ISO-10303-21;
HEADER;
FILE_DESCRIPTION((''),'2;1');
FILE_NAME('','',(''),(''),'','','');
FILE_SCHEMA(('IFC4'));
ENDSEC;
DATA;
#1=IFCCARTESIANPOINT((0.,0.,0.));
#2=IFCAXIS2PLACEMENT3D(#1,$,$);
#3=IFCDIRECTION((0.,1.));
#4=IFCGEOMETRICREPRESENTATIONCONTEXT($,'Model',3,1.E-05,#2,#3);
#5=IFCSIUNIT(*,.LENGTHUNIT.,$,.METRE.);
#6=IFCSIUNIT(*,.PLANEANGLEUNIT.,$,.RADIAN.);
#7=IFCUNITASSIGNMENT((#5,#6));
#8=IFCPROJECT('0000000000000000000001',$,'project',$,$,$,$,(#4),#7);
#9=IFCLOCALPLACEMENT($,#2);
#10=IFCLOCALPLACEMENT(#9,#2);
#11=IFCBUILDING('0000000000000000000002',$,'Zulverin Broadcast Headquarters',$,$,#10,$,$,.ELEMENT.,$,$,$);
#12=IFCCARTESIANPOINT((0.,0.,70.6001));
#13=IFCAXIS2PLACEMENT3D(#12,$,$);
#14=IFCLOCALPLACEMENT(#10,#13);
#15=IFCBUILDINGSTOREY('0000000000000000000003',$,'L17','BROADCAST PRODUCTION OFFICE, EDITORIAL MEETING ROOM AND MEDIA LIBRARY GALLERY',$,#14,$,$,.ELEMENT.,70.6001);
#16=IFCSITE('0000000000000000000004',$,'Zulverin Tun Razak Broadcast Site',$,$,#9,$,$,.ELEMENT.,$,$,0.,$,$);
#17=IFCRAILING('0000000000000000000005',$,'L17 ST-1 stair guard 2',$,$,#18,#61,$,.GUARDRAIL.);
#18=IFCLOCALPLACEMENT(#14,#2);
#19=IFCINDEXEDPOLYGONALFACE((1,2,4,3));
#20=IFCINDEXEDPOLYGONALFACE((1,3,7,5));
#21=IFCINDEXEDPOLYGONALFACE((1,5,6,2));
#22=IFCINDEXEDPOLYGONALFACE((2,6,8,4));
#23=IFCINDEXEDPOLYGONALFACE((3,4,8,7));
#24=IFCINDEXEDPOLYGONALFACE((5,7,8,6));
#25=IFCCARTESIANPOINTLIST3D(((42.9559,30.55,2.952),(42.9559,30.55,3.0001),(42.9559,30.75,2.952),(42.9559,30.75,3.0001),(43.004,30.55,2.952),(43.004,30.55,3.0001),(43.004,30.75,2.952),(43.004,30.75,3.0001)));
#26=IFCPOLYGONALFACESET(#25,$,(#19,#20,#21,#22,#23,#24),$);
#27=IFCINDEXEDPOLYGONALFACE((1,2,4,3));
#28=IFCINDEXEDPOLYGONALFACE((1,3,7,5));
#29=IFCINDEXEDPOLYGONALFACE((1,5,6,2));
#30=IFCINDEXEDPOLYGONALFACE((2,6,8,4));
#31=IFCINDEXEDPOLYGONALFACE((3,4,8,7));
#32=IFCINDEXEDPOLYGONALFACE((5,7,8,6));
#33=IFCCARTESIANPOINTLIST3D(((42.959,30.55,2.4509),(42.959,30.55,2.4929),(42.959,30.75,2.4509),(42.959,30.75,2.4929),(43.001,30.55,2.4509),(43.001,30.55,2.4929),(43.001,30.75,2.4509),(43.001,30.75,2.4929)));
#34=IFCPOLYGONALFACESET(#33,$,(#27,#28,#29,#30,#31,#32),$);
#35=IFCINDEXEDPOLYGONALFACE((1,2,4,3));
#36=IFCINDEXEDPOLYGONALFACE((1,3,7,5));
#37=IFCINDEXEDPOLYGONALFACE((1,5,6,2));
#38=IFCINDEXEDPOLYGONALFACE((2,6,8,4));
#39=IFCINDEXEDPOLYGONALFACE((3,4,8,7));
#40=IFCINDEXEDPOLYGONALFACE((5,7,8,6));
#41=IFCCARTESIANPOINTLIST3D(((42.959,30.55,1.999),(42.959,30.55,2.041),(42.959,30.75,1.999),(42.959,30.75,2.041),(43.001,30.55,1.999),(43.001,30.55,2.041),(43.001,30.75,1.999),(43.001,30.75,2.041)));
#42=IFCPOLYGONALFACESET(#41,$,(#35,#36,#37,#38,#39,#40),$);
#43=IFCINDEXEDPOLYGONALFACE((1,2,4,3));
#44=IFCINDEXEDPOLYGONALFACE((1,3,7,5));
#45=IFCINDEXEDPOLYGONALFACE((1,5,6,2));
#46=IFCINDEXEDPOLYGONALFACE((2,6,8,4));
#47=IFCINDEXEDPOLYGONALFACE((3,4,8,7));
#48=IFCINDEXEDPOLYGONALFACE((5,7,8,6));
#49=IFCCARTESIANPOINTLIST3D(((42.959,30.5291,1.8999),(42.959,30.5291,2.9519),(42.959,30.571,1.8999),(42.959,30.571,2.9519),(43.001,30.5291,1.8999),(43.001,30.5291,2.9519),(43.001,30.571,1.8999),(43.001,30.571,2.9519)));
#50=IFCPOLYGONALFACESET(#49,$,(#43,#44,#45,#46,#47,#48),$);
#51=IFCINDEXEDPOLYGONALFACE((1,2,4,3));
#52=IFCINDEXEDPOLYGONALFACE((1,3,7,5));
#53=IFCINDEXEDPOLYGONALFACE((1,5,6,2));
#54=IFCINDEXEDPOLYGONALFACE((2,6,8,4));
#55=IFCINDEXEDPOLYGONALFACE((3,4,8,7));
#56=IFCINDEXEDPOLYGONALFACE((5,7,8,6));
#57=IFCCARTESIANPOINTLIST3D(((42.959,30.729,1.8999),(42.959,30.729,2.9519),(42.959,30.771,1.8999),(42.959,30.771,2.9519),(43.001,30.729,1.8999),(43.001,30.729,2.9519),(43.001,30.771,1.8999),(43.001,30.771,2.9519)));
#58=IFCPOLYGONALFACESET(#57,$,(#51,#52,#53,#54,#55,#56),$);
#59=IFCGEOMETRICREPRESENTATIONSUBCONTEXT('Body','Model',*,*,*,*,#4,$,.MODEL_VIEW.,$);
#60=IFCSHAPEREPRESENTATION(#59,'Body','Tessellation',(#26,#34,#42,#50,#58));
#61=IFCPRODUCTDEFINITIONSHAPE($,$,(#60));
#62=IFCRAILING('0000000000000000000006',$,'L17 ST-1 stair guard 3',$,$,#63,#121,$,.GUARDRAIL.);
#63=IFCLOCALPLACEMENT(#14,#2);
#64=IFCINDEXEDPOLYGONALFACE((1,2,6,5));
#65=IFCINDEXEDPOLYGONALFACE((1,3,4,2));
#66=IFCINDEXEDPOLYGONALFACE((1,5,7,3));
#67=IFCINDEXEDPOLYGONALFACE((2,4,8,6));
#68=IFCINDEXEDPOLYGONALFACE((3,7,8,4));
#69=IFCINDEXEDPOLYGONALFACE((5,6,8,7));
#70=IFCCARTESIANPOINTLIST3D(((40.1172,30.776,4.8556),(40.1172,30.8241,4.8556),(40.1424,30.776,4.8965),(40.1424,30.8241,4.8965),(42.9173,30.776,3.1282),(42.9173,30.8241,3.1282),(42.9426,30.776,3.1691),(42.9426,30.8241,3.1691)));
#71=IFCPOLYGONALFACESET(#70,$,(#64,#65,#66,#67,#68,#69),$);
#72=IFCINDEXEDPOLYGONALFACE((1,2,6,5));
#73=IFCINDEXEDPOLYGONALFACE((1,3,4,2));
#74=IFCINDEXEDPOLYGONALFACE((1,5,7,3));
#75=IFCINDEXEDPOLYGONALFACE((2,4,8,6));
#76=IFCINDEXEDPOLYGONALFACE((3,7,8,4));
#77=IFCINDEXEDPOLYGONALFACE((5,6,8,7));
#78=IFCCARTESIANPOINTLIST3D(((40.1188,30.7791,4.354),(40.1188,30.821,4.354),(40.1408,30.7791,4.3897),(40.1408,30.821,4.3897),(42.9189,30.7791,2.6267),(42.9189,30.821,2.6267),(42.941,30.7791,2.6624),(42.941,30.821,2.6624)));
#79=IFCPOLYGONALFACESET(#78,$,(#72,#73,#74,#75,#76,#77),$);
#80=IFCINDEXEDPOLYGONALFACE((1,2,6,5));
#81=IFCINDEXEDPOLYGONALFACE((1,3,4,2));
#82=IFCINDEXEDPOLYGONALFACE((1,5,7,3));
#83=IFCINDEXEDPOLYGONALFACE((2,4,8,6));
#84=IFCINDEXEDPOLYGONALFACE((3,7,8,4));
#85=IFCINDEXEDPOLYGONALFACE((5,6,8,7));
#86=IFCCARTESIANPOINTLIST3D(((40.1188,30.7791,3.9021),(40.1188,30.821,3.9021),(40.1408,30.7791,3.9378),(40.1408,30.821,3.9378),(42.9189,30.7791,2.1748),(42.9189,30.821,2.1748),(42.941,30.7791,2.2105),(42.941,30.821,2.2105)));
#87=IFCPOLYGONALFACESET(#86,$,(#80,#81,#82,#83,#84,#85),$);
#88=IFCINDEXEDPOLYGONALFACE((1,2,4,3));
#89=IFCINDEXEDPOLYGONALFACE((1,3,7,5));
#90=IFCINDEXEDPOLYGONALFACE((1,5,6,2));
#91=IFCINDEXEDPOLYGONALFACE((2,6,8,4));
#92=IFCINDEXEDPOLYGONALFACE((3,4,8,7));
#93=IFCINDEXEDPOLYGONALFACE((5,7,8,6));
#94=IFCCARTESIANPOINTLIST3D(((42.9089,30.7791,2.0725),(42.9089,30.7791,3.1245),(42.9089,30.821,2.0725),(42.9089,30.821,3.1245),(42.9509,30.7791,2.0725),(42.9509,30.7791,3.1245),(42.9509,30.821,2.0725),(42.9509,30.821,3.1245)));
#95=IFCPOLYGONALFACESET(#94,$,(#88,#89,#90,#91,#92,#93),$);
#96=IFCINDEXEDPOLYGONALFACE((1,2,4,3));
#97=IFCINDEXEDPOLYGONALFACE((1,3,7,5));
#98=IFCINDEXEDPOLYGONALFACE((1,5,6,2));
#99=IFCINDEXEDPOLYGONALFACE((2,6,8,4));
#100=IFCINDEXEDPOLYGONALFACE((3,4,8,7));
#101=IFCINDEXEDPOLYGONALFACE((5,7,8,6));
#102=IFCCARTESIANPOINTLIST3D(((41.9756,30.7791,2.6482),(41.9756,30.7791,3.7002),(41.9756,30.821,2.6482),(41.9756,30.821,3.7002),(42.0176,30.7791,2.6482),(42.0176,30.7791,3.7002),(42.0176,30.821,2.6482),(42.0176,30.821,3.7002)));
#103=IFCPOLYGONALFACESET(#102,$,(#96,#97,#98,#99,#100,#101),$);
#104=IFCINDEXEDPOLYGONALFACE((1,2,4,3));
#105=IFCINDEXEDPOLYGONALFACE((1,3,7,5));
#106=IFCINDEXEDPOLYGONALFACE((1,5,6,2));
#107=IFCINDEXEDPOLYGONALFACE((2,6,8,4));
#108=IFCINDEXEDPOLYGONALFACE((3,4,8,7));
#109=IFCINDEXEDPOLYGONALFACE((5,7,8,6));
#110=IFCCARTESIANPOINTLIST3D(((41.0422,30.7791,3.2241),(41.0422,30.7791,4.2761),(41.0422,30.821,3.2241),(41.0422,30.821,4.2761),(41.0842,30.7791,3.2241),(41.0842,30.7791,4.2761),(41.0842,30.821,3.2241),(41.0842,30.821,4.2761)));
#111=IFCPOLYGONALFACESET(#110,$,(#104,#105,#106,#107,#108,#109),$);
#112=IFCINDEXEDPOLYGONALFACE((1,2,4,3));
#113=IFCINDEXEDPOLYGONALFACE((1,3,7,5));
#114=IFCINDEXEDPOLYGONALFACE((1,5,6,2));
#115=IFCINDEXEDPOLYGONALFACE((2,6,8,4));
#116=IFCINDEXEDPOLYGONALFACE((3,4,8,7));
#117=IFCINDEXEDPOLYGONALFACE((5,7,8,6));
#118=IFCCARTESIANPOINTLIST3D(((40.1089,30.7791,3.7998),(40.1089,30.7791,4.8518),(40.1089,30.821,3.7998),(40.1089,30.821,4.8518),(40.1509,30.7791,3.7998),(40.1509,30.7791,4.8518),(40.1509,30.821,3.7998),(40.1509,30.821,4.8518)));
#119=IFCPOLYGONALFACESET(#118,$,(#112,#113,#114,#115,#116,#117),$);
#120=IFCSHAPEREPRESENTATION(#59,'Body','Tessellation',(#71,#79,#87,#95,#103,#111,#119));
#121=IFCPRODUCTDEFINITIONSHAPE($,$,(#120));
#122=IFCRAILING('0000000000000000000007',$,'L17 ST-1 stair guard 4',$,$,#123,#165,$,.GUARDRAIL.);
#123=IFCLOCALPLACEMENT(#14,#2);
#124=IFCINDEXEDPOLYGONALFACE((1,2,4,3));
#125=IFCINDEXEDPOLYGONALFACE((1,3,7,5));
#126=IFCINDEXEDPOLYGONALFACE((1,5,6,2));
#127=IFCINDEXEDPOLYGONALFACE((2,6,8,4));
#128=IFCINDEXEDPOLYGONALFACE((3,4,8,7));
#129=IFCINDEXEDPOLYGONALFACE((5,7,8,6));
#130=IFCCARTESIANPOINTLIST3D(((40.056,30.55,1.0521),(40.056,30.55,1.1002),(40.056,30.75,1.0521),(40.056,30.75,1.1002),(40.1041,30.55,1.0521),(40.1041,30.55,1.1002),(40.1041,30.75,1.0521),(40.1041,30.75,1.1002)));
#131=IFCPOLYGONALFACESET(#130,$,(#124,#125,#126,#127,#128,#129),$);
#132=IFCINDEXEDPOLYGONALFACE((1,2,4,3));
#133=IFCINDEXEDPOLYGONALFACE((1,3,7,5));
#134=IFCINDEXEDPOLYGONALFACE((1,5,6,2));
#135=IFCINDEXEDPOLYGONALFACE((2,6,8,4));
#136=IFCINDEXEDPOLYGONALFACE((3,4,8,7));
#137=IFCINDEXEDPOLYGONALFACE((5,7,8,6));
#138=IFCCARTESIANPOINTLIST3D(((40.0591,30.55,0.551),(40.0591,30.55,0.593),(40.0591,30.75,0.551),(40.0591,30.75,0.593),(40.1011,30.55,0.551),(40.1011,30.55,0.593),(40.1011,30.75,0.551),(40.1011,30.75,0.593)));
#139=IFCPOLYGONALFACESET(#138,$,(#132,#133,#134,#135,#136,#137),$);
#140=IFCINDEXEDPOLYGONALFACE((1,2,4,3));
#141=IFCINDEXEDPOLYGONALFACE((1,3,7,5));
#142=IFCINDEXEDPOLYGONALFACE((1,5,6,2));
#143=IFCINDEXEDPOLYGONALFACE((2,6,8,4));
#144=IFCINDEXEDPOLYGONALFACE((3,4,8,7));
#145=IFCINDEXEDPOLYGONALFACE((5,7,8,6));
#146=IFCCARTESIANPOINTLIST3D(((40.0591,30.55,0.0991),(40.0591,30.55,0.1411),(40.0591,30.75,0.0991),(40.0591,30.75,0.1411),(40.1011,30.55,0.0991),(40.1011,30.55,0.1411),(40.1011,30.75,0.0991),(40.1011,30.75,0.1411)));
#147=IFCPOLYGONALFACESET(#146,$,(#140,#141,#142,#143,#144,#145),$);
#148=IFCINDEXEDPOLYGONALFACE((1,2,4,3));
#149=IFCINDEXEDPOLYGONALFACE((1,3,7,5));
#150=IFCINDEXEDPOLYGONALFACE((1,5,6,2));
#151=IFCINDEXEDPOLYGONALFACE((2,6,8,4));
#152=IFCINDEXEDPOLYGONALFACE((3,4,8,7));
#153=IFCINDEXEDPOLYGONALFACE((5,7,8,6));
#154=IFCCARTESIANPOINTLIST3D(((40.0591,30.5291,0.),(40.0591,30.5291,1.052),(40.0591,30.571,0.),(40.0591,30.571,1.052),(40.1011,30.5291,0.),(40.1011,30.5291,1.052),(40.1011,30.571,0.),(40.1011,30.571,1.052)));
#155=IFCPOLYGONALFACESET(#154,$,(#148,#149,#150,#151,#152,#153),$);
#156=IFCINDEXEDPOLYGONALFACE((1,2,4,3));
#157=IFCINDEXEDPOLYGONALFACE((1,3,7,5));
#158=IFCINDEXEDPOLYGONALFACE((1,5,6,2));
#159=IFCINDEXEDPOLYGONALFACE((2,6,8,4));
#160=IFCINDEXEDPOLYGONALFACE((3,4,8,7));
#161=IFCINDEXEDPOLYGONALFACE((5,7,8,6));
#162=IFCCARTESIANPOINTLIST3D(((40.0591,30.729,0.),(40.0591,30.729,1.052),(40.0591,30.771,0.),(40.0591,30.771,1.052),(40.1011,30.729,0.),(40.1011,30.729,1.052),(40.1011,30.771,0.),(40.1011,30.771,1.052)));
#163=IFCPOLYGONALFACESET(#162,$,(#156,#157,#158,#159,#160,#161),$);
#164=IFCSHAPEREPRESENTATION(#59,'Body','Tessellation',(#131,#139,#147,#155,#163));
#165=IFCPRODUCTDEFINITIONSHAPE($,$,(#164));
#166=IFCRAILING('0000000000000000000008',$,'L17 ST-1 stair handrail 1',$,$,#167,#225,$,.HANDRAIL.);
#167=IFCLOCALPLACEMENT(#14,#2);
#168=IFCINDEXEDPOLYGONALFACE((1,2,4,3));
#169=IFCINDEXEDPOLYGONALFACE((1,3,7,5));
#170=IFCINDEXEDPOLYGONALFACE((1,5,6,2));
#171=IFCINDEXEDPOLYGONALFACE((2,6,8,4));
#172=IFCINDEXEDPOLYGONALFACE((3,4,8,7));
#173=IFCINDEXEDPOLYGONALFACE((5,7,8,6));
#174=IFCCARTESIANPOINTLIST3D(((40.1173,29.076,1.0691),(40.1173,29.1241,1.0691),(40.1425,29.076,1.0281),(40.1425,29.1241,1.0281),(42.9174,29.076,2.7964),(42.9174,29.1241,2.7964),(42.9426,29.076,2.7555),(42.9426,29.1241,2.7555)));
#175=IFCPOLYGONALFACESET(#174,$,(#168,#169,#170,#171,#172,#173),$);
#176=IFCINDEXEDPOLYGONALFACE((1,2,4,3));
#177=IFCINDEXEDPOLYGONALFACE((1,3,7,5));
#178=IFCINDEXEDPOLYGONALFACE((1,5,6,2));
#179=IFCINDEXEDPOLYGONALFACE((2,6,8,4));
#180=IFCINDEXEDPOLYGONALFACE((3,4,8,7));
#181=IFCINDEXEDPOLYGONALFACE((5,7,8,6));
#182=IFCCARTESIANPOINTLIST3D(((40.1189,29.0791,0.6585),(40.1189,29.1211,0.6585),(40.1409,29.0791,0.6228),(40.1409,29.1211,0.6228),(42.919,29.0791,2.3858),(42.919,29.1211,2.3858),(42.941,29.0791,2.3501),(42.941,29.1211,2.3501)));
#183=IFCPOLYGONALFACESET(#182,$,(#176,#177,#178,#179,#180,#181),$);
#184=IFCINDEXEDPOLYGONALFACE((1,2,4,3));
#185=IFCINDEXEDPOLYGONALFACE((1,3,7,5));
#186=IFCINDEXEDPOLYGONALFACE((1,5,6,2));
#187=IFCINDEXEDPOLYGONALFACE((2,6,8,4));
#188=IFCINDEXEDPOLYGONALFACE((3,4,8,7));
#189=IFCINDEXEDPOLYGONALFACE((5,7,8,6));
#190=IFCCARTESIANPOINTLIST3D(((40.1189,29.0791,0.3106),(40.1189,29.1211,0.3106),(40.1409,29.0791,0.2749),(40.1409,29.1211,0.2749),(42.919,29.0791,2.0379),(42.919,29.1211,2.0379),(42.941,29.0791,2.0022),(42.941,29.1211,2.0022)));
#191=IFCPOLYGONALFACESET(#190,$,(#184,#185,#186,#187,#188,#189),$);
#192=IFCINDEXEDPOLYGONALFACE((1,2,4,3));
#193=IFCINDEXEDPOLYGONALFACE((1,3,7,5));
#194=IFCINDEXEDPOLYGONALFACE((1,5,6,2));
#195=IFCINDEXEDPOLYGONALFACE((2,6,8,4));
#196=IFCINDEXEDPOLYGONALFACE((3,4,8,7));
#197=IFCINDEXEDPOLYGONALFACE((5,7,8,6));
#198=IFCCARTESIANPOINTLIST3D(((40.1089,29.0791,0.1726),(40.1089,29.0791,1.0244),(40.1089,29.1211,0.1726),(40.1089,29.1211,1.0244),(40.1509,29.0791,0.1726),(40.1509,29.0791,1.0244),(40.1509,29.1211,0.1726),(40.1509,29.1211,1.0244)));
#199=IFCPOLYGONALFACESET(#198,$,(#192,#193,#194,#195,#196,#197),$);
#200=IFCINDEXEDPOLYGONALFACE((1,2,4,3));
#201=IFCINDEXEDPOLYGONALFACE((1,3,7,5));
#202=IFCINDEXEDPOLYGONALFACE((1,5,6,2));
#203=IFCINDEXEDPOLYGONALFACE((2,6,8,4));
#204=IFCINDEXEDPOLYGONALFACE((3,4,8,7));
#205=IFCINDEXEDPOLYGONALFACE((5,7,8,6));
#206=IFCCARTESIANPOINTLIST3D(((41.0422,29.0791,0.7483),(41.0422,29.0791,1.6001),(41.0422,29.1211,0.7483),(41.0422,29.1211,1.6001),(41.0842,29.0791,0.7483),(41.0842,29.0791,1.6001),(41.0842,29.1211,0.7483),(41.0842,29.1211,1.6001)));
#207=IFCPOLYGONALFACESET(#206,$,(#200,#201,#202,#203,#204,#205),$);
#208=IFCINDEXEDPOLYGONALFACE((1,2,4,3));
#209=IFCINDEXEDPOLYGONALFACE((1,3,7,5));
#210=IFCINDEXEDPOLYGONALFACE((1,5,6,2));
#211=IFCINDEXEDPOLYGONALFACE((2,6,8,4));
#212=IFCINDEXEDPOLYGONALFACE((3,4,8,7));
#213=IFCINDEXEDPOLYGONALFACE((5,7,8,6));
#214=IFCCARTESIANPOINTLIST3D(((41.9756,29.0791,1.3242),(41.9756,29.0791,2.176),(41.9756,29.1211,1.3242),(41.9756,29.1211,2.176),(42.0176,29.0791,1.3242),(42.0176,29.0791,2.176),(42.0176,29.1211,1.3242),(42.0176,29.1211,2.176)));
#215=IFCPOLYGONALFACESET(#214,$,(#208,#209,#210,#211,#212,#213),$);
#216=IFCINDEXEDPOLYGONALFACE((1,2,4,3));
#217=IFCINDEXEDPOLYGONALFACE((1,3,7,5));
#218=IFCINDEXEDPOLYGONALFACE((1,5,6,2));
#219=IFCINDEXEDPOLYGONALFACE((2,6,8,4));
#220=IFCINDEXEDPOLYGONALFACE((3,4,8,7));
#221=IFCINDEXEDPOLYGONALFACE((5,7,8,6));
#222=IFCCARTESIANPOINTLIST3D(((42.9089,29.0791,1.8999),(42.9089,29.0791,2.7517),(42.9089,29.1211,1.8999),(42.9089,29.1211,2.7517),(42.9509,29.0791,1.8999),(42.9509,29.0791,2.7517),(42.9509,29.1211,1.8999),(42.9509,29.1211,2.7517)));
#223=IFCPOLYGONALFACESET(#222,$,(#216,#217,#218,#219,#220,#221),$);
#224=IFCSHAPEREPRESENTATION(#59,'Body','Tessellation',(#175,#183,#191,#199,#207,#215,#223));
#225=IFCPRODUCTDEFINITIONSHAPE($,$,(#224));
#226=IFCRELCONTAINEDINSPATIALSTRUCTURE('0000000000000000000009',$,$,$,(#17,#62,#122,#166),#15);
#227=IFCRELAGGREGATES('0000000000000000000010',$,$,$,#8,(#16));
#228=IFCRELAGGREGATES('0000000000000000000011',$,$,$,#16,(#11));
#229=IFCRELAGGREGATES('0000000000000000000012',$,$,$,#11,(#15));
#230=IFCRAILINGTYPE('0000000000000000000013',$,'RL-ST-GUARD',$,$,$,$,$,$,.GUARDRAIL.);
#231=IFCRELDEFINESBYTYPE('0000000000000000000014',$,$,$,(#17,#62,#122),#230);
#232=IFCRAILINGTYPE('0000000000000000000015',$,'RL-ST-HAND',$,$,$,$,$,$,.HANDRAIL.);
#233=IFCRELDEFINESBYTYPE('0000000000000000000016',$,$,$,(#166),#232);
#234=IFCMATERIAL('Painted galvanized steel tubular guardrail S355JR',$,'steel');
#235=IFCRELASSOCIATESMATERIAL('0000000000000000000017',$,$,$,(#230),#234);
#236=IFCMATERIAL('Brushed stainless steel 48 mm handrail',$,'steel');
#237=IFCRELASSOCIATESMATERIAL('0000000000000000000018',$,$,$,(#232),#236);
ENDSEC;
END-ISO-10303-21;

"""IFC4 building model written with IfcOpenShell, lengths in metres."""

from ifc_helpers import new_model, si_unit, direction, frame, origin, origin_2d, place, context, subcontext, project, spatial, rectangle, extrude, material, type_object, element, save


model = new_model("IFC4")

# Units and contexts
model_context = context("Model", 3, precision=1e-05, world=origin(), true_north=direction((0.0, 1.0)))
body_context = subcontext(model_context, "Body", "Model", "MODEL_VIEW")
ifc_project = project(units=[si_unit("LENGTHUNIT", "METRE"), si_unit("PLANEANGLEUNIT", "RADIAN")], contexts=[model_context])

# Site, building, storey
site_placement = place(None, origin())
site = spatial("IfcSite", under=ifc_project, at=site_placement, Name="Zulverin Tun Razak Broadcast Site", CompositionType="ELEMENT", RefElevation=0.0)
building_placement = place(site_placement, origin())
building = spatial("IfcBuilding", under=site, at=building_placement, Name="Zulverin Broadcast Headquarters", CompositionType="ELEMENT")
storey_placement = place(building_placement, frame((0.0, 0.0, 70.6001)))
storey = spatial("IfcBuildingStorey", under=building, at=storey_placement, Name="L17", Description="BROADCAST PRODUCTION OFFICE, EDITORIAL MEETING ROOM AND MEDIA LIBRARY GALLERY", CompositionType="ELEMENT", Elevation=70.6001)

# Railings
ifc_material_1 = material(Name="Painted galvanized steel tubular guardrail S355JR", Category="steel")
railing_type_1 = type_object("IfcRailingType", Name="RL-ST-GUARD", PredefinedType="GUARDRAIL", material=ifc_material_1)
railing_1_placement = place(storey_placement, frame((42.98, 30.55, 1.8999)))
element("IfcRailing", 1, at=railing_1_placement, inside=storey, type_object=railing_type_1, Name="L17 ST-1 stair guard 2", PredefinedType="GUARDRAIL", context=body_context, shape_type="SweptSolid", body=[
    extrude(rectangle(XDim=0.0481, YDim=0.0481, at=origin_2d()), frame((0.0, 0.0, 1.0762), z_axis=(0.0, 1.0, 0.0), x_axis=(-1.0, 0.0, 0.0)), (0.0, 0.0, 1.0), 0.2),
    extrude(rectangle(XDim=0.042, YDim=0.042, at=origin_2d()), frame((0.0, 0.0, 0.572), z_axis=(0.0, 1.0, 0.0), x_axis=(-1.0, 0.0, 0.0)), (0.0, 0.0, 1.0), 0.2),
    extrude(rectangle(XDim=0.042, YDim=0.042, at=origin_2d()), frame((0.0, 0.0, 0.1201), z_axis=(0.0, 1.0, 0.0), x_axis=(-1.0, 0.0, 0.0)), (0.0, 0.0, 1.0), 0.2),
    extrude(rectangle(XDim=0.042, YDim=0.042, at=origin_2d()), origin(), (0.0, 0.0, 1.0), 1.052),
    extrude(rectangle(XDim=0.042, YDim=0.042, at=origin_2d()), frame((0.0, 0.2, 0.0)), (0.0, 0.0, 1.0), 1.052),
])
railing_2_placement = place(storey_placement, frame((42.9299, 30.8, 2.0725)))
element("IfcRailing", 2, at=railing_2_placement, inside=storey, type_object=railing_type_1, Name="L17 ST-1 stair guard 3", PredefinedType="GUARDRAIL", context=body_context, shape_type="SweptSolid", body=[
    extrude(rectangle(XDim=0.0481, YDim=0.0481, at=origin_2d()), frame((0.0, 0.0, 1.0762), z_axis=(-0.85109, 0.0, 0.52502), x_axis=(0.0, -1.0, 0.0)), (0.0, 0.0, 1.0), 3.29),
    extrude(rectangle(XDim=0.042, YDim=0.042, at=origin_2d()), frame((0.0, 0.0, 0.572), z_axis=(-0.85109, 0.0, 0.52502), x_axis=(0.0, -1.0, 0.0)), (0.0, 0.0, 1.0), 3.29),
    extrude(rectangle(XDim=0.042, YDim=0.042, at=origin_2d()), frame((0.0, 0.0, 0.1201), z_axis=(-0.85109, 0.0, 0.52502), x_axis=(0.0, -1.0, 0.0)), (0.0, 0.0, 1.0), 3.29),
    extrude(rectangle(XDim=0.042, YDim=0.042, at=origin_2d()), origin(), (0.0, 0.0, 1.0), 1.052),
    extrude(rectangle(XDim=0.042, YDim=0.042, at=origin_2d()), frame((-0.9333, 0.0, 0.5757)), (0.0, 0.0, 1.0), 1.052),
    extrude(rectangle(XDim=0.042, YDim=0.042, at=origin_2d()), frame((-1.8667, 0.0, 1.1516)), (0.0, 0.0, 1.0), 1.052),
    extrude(rectangle(XDim=0.042, YDim=0.042, at=origin_2d()), frame((-2.8, 0.0, 1.7273)), (0.0, 0.0, 1.0), 1.052),
])
railing_3_placement = place(storey_placement, frame((40.0801, 30.55, 0.0)))
element("IfcRailing", 3, at=railing_3_placement, inside=storey, type_object=railing_type_1, Name="L17 ST-1 stair guard 4", PredefinedType="GUARDRAIL", context=body_context, shape_type="SweptSolid", body=[
    extrude(rectangle(XDim=0.0481, YDim=0.0481, at=origin_2d()), frame((0.0, 0.0, 1.0762), z_axis=(0.0, 1.0, 0.0), x_axis=(-1.0, 0.0, 0.0)), (0.0, 0.0, 1.0), 0.2),
    extrude(rectangle(XDim=0.042, YDim=0.042, at=origin_2d()), frame((0.0, 0.0, 0.572), z_axis=(0.0, 1.0, 0.0), x_axis=(-1.0, 0.0, 0.0)), (0.0, 0.0, 1.0), 0.2),
    extrude(rectangle(XDim=0.042, YDim=0.042, at=origin_2d()), frame((0.0, 0.0, 0.1201), z_axis=(0.0, 1.0, 0.0), x_axis=(-1.0, 0.0, 0.0)), (0.0, 0.0, 1.0), 0.2),
    extrude(rectangle(XDim=0.042, YDim=0.042, at=origin_2d()), origin(), (0.0, 0.0, 1.0), 1.052),
    extrude(rectangle(XDim=0.042, YDim=0.042, at=origin_2d()), frame((0.0, 0.2, 0.0)), (0.0, 0.0, 1.0), 1.052),
])
ifc_material_2 = material(Name="Brushed stainless steel 48 mm handrail", Category="steel")
railing_type_2 = type_object("IfcRailingType", Name="RL-ST-HAND", PredefinedType="HANDRAIL", material=ifc_material_2)
railing_4_placement = place(storey_placement, frame((40.1299, 29.1001, 0.1726)))
element("IfcRailing", 4, at=railing_4_placement, inside=storey, type_object=railing_type_2, Name="L17 ST-1 stair handrail 1", PredefinedType="HANDRAIL", context=body_context, shape_type="SweptSolid", body=[
    extrude(rectangle(XDim=0.0481, YDim=0.0481, at=origin_2d()), frame((0.0, 0.0, 0.876), z_axis=(0.85109, 0.0, 0.52502), x_axis=(0.0, 1.0, 0.0)), (0.0, 0.0, 1.0), 3.29),
    extrude(rectangle(XDim=0.042, YDim=0.042, at=origin_2d()), frame((0.0, 0.0, 0.468), z_axis=(0.85109, 0.0, 0.52502), x_axis=(0.0, 1.0, 0.0)), (0.0, 0.0, 1.0), 3.29),
    extrude(rectangle(XDim=0.042, YDim=0.042, at=origin_2d()), frame((0.0, 0.0, 0.1201), z_axis=(0.85109, 0.0, 0.52502), x_axis=(0.0, 1.0, 0.0)), (0.0, 0.0, 1.0), 3.29),
    extrude(rectangle(XDim=0.042, YDim=0.042, at=origin_2d()), origin(), (0.0, 0.0, 1.0), 0.8518),
    extrude(rectangle(XDim=0.042, YDim=0.042, at=origin_2d()), frame((0.9333, 0.0, 0.5757)), (0.0, 0.0, 1.0), 0.8518),
    extrude(rectangle(XDim=0.042, YDim=0.042, at=origin_2d()), frame((1.8667, 0.0, 1.1516)), (0.0, 0.0, 1.0), 0.8518),
    extrude(rectangle(XDim=0.042, YDim=0.042, at=origin_2d()), frame((2.8, 0.0, 1.7273)), (0.0, 0.0, 1.0), 0.8518),
])

save(model, "model.ifc")
